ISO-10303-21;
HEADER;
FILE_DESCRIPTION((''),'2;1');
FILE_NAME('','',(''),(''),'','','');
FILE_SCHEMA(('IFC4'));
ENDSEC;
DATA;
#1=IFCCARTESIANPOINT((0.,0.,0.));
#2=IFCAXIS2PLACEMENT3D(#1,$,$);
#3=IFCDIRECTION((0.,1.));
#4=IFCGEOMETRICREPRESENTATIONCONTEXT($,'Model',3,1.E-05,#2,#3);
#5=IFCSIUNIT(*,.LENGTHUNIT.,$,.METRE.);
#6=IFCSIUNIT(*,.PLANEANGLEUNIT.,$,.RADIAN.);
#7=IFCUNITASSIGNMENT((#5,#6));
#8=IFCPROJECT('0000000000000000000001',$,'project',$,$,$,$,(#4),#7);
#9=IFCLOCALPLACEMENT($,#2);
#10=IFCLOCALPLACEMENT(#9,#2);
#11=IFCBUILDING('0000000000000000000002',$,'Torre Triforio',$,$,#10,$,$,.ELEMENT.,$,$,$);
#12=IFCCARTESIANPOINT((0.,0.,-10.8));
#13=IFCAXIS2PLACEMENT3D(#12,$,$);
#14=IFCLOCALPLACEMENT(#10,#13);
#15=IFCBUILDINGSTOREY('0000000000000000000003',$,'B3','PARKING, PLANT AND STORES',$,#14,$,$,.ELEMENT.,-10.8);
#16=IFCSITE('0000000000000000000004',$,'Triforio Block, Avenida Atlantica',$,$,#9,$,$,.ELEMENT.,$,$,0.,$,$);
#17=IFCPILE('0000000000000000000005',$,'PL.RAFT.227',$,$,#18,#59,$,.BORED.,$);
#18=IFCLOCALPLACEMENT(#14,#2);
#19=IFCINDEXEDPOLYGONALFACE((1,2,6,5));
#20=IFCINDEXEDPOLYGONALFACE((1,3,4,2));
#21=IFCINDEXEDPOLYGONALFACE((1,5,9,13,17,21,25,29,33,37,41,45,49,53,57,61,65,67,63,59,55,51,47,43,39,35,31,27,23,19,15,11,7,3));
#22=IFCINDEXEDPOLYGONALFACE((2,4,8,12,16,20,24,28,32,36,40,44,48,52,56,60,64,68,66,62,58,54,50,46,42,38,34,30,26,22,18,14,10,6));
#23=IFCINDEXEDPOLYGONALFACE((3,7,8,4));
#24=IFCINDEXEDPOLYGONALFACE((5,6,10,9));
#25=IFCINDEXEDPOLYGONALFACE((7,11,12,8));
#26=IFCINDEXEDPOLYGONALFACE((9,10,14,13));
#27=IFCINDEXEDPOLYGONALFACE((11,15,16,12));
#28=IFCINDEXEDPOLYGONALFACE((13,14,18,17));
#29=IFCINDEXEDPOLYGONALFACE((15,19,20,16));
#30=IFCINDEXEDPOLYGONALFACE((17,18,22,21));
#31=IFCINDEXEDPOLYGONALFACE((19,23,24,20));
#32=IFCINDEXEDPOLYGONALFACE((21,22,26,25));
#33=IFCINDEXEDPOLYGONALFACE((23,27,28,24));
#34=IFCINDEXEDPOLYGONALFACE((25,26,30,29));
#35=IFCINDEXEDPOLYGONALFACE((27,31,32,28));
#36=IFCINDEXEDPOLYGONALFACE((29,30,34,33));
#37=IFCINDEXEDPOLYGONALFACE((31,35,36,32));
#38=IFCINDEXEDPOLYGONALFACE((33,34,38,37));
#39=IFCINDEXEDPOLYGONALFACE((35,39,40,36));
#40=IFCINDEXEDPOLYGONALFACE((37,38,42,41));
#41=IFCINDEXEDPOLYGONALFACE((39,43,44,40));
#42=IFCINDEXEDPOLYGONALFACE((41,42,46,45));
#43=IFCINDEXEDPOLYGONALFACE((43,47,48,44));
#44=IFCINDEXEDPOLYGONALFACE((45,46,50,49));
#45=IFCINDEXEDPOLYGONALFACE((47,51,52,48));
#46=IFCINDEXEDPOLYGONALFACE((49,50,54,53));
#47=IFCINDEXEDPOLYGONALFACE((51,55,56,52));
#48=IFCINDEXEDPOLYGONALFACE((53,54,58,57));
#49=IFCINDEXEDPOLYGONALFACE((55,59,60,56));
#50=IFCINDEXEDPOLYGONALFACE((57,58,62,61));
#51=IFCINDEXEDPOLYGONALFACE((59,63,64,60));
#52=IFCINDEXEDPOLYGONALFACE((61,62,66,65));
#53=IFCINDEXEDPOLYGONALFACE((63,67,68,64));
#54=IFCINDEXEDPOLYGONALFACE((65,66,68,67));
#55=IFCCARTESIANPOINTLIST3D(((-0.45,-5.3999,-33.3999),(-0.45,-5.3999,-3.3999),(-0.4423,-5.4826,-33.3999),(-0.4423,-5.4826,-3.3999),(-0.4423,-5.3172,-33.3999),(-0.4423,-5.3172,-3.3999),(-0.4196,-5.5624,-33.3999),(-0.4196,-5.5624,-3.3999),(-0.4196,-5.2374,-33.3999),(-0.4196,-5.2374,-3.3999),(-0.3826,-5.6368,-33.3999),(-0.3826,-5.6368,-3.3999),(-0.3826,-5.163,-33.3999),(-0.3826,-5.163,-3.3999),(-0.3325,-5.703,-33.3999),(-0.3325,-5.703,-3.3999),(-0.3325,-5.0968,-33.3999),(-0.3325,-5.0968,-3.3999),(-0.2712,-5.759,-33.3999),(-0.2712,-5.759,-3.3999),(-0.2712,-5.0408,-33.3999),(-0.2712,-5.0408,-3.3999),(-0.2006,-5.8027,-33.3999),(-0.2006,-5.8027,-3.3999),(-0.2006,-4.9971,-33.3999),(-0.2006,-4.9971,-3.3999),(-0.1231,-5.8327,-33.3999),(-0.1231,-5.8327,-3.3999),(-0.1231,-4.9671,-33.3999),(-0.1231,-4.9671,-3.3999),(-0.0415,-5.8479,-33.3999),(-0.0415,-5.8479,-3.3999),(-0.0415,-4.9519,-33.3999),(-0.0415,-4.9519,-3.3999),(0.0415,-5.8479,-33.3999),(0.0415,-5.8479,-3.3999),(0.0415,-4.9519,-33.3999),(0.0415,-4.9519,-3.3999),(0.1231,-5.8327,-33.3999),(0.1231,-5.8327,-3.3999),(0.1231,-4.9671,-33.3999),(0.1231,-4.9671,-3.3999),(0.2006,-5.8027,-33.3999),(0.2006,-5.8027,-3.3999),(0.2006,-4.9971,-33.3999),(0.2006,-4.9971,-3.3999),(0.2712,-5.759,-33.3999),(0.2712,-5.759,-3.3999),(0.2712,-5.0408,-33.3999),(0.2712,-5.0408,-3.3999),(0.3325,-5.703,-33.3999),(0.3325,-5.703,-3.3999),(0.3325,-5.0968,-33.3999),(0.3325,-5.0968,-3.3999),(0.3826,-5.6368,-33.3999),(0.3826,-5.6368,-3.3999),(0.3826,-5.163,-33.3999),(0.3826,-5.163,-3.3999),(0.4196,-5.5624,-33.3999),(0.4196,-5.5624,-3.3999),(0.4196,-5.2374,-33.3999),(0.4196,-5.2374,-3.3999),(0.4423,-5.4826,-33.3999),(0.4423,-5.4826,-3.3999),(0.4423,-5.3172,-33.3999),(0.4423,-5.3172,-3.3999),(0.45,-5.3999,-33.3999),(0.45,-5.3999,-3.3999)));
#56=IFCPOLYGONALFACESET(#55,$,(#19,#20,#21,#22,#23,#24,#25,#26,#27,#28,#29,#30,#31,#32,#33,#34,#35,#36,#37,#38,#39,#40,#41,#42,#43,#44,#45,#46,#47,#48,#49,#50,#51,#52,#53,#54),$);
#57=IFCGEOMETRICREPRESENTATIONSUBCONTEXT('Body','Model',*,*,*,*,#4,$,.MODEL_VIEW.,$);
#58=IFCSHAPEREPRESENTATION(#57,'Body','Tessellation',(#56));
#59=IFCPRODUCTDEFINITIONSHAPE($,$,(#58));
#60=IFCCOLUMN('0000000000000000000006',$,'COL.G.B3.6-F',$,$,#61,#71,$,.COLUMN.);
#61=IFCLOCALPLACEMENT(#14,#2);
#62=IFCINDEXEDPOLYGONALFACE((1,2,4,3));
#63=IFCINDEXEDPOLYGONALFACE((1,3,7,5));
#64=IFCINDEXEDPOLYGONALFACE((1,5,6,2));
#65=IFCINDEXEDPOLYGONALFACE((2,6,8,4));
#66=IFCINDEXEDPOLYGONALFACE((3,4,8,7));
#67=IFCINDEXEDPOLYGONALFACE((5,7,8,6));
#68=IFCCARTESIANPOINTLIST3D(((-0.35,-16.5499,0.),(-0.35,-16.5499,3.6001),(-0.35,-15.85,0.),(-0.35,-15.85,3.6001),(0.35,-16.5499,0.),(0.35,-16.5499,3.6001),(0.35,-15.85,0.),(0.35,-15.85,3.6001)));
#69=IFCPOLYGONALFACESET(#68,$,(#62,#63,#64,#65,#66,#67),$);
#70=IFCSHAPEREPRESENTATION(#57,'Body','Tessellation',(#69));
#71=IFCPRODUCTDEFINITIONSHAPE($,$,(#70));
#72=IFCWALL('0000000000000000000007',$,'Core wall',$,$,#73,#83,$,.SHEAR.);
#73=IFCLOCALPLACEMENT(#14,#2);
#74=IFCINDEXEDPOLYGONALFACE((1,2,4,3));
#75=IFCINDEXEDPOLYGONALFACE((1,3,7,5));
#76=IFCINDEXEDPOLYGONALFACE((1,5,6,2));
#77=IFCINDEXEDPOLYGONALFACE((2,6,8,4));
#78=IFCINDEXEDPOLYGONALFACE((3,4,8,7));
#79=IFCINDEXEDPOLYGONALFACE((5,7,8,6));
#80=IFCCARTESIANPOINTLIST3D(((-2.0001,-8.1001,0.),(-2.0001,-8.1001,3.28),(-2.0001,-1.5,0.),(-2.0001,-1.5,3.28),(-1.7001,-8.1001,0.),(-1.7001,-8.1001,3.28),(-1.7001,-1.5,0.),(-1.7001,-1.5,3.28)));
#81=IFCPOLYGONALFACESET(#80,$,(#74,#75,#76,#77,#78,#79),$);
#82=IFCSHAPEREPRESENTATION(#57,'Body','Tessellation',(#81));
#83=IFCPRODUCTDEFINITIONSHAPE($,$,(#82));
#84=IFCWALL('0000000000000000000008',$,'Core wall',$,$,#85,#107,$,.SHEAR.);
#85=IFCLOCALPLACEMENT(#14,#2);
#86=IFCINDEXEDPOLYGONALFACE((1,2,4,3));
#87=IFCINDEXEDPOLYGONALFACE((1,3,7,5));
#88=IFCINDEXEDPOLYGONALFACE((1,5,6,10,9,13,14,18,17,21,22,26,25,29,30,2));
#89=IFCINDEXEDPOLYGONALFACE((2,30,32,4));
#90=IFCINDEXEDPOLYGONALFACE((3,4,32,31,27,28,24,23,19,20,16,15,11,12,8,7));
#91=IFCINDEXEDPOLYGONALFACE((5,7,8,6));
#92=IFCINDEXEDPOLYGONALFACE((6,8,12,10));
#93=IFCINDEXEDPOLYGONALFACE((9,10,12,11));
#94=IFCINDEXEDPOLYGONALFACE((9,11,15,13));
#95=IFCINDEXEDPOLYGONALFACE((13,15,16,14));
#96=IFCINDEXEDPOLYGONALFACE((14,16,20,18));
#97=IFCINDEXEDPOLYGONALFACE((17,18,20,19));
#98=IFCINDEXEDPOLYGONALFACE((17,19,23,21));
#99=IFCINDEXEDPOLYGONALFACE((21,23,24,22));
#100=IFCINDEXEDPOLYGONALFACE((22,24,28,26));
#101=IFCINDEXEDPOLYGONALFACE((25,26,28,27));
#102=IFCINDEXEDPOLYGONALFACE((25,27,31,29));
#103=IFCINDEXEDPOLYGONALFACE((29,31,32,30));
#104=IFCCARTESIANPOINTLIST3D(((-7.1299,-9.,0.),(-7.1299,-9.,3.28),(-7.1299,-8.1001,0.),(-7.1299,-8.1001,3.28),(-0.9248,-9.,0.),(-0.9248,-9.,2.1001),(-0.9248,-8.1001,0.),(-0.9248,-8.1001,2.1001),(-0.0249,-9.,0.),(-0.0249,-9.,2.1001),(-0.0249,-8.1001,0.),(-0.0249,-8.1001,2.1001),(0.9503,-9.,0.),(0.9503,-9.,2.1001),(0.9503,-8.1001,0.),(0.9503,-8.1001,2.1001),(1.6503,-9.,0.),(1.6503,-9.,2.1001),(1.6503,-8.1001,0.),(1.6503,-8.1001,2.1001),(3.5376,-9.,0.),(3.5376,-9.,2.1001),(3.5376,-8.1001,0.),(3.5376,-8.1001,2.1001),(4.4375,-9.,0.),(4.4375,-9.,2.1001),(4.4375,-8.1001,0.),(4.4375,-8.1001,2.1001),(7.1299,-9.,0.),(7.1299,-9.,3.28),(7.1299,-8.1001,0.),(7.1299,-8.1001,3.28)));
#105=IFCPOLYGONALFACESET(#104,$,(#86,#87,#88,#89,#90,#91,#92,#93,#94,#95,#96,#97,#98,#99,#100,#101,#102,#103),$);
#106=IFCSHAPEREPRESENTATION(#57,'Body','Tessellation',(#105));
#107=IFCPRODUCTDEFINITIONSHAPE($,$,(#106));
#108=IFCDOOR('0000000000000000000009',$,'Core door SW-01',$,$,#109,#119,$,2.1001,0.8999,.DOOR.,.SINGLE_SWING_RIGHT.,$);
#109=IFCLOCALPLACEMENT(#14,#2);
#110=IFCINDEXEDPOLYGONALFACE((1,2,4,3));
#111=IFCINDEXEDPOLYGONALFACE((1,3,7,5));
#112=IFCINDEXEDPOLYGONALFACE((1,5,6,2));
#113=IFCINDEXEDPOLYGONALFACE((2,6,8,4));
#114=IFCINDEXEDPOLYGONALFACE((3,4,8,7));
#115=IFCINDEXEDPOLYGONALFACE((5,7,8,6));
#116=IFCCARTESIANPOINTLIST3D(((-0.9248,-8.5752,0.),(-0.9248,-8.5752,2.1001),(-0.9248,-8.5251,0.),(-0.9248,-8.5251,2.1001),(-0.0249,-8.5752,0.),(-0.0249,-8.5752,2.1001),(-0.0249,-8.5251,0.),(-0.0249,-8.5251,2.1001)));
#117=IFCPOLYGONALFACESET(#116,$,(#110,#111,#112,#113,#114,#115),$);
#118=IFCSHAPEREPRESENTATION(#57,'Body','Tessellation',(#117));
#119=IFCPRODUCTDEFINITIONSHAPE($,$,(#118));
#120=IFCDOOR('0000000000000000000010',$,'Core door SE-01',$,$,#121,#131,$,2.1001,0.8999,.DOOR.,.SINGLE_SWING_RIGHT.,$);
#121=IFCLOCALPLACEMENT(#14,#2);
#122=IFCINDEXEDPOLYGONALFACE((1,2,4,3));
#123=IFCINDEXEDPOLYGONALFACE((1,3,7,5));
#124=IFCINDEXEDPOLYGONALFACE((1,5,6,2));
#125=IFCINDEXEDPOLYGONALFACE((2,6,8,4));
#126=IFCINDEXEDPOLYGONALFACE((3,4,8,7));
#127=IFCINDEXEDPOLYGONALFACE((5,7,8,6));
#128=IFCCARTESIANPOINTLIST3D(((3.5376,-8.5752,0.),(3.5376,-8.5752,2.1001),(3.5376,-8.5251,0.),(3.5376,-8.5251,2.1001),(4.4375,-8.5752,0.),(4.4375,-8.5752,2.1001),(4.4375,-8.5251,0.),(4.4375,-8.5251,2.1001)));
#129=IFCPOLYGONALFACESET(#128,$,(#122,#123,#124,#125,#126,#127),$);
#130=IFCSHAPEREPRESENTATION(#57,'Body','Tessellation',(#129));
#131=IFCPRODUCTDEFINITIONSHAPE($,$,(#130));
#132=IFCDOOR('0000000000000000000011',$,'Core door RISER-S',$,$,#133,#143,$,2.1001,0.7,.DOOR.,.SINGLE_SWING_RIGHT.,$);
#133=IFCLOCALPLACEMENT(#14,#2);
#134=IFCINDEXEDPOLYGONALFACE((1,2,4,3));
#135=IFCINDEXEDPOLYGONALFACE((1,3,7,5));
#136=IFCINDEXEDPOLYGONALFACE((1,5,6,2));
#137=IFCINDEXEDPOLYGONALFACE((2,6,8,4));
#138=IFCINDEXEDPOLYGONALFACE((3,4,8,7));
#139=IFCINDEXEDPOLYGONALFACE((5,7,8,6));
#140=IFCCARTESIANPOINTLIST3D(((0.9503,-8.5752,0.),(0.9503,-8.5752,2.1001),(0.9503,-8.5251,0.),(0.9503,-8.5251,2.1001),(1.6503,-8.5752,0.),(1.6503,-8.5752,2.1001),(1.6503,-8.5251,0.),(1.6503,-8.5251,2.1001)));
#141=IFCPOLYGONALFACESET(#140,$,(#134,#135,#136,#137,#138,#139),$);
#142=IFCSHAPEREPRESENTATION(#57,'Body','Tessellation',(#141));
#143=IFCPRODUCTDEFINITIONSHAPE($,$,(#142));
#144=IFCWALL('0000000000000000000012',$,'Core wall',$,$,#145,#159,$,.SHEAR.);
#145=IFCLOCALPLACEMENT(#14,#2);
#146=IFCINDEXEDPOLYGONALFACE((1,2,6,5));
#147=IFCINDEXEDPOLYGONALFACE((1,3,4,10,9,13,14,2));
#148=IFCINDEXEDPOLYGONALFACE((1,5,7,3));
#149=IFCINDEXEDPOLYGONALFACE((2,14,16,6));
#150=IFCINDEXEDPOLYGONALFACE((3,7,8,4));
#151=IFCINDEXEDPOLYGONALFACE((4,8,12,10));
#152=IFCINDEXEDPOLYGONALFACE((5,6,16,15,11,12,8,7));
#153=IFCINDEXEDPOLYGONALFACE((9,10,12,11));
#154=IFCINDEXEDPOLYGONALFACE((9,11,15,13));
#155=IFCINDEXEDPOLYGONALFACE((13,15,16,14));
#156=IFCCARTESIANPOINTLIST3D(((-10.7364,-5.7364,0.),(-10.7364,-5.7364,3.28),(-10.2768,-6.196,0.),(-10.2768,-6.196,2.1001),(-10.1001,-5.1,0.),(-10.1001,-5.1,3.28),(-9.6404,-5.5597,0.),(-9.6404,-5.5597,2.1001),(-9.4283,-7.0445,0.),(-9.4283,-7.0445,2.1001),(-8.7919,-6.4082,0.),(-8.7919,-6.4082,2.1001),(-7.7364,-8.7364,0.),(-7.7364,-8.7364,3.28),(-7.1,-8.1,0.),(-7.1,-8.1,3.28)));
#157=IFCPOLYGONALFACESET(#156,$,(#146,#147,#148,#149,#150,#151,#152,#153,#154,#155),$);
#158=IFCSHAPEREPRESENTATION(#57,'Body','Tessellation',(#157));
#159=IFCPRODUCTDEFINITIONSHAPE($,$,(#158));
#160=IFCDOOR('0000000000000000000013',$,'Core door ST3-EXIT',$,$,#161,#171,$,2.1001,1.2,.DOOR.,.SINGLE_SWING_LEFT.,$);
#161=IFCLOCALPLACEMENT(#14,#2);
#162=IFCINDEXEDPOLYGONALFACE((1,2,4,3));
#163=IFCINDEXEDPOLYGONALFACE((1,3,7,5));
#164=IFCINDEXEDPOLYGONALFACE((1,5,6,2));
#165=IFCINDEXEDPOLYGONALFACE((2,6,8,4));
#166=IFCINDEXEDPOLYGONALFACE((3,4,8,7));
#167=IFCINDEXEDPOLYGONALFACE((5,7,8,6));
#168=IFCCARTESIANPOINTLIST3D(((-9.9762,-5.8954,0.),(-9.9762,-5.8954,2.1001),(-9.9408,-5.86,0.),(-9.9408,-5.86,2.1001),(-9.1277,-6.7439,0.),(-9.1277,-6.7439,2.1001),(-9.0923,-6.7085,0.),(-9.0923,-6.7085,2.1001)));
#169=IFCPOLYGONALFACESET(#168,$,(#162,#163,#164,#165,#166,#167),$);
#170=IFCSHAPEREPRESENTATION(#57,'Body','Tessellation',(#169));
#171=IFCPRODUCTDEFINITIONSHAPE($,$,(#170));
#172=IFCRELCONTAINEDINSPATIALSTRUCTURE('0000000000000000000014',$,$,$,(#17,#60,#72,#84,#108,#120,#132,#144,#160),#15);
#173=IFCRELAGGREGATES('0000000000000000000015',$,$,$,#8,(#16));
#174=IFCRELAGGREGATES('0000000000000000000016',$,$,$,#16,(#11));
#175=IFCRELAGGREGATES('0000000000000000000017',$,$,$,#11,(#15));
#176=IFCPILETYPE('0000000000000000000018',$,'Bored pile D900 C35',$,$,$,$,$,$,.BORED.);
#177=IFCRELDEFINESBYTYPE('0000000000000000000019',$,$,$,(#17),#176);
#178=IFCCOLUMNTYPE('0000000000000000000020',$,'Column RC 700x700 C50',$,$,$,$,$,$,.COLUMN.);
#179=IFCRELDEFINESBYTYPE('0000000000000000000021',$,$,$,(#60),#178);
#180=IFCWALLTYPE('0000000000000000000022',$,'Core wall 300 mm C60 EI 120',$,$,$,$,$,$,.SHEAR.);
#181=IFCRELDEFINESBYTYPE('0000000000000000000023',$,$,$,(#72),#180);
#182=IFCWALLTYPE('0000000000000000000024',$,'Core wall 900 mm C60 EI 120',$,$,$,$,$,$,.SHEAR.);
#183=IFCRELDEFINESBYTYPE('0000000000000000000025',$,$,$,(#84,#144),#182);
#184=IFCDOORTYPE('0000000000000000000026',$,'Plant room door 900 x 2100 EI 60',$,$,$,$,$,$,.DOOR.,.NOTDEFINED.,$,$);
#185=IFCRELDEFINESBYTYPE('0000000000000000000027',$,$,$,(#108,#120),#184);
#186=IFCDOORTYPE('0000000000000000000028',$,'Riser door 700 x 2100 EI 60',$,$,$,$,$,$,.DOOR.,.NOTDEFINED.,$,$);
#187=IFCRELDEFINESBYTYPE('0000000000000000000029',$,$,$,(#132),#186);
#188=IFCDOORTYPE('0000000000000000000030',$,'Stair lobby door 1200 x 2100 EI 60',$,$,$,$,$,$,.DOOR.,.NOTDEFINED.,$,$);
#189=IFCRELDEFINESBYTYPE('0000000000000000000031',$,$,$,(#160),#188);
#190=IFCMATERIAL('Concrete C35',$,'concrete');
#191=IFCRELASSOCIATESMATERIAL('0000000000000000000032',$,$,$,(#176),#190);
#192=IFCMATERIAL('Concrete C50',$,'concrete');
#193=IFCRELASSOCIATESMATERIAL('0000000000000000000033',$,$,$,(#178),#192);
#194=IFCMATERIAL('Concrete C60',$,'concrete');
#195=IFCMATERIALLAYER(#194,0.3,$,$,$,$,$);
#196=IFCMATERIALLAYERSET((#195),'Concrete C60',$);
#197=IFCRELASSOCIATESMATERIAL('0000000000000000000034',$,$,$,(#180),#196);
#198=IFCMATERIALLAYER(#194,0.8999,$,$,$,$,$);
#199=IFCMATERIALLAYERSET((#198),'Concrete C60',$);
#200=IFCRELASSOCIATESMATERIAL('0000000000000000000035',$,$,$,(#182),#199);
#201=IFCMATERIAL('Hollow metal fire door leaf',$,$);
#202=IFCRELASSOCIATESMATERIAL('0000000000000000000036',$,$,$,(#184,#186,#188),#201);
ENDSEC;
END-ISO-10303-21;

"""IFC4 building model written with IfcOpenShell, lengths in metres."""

from ifc_helpers import new_model, si_unit, direction, frame, frame_2d, origin, origin_2d, place, context, subcontext, project, spatial, rectangle, circle, extrude, material, layer, layer_set, material_profile, profile_set, type_object, element, fill, save


model = new_model("IFC4")

# Units and contexts
model_context = context("Model", 3, precision=1e-05, world=origin(), true_north=direction((0.0, 1.0)))
body_context = subcontext(model_context, "Body", "Model", "MODEL_VIEW")
ifc_project = project(units=[si_unit("LENGTHUNIT", "METRE"), si_unit("PLANEANGLEUNIT", "RADIAN")], contexts=[model_context])

# Site, building, storey
site_placement = place(None, origin())
site = spatial("IfcSite", under=ifc_project, at=site_placement, Name="Triforio Block, Avenida Atlantica", CompositionType="ELEMENT", RefElevation=0.0)
building_placement = place(site_placement, origin())
building = spatial("IfcBuilding", under=site, at=building_placement, Name="Torre Triforio", CompositionType="ELEMENT")
storey_placement = place(building_placement, frame((0.0, 0.0, -10.8)))
storey = spatial("IfcBuildingStorey", under=building, at=storey_placement, Name="B3", Description="PARKING, PLANT AND STORES", CompositionType="ELEMENT", Elevation=-10.8)

# Pile
ifc_material_1 = material(Name="Concrete C35", Category="concrete")
ifc_material_profile_1 = material_profile(ifc_material_1, circle(Radius=0.45, at=origin_2d()), Name="RC D900")
ifc_profile_set_1 = profile_set([ifc_material_profile_1], Name="Concrete C35")
pile_type = type_object("IfcPileType", Name="Bored pile D900 C35", PredefinedType="BORED", material=ifc_profile_set_1)
for number, where, z_axis, x_axis, name in (
    (1, (0.0, -5.3999, -3.3999), (0.0, 0.0, -1.0), (1.0, 0.0, 0.0), "PL.RAFT.227"),
):
    element("IfcPile", number, at=place(storey_placement, frame(where, z_axis=z_axis, x_axis=x_axis)), inside=storey, type_object=pile_type, Name=name, PredefinedType="BORED", context=body_context, shape_type="SweptSolid", body=[
        extrude(circle(Radius=0.45, at=origin_2d()), origin(), (0.0, 0.0, 1.0), 30.0),
    ])

# Column
ifc_material_2 = material(Name="Concrete C50", Category="concrete")
ifc_material_profile_2 = material_profile(ifc_material_2, rectangle(XDim=0.7, YDim=0.7, at=origin_2d()), Name="RC 700x700")
ifc_profile_set_2 = profile_set([ifc_material_profile_2], Name="Concrete C50")
column_type = type_object("IfcColumnType", Name="Column RC 700x700 C50", PredefinedType="COLUMN", material=ifc_profile_set_2)
column_placement = place(storey_placement, frame((0.0, -16.2, 0.0), z_axis=(0.0, 0.0, 1.0), x_axis=(1.0, 0.0, 0.0)))
element("IfcColumn", 2, at=column_placement, inside=storey, type_object=column_type, Name="COL.G.B3.6-F", PredefinedType="COLUMN", context=body_context, shape_type="SweptSolid", body=[
    extrude(rectangle(XDim=0.7, YDim=0.7, at=origin_2d()), origin(), (0.0, 0.0, 1.0), 3.6001),
])

# Wall
ifc_material_3 = material(Name="Concrete C60", Category="concrete")
ifc_layer_1 = layer(ifc_material_3, 0.3)
ifc_layer_set_1 = layer_set([ifc_layer_1], Name="Concrete C60")
wall_type_1 = type_object("IfcWallType", Name="Core wall 300 mm C60 EI 120", PredefinedType="SHEAR", material=ifc_layer_set_1)
wall_1_placement = place(storey_placement, frame((-1.8501, -8.1001, 0.0), z_axis=(0.0, 0.0, 1.0), x_axis=(0.0, 1.0, 0.0)))
element("IfcWall", 3, at=wall_1_placement, inside=storey, type_object=wall_type_1, Name="Core wall", PredefinedType="SHEAR", context=body_context, shape_type="SweptSolid", body=[
    extrude(rectangle(XDim=6.6001, YDim=0.3, at=frame_2d((3.3, 0.0))), origin(), (0.0, 0.0, 1.0), 3.28),
])

# Wall, openings, doors
ifc_layer_2 = layer(ifc_material_3, 0.8999)
ifc_layer_set_2 = layer_set([ifc_layer_2], Name="Concrete C60")
wall_type_2 = type_object("IfcWallType", Name="Core wall 900 mm C60 EI 120", PredefinedType="SHEAR", material=ifc_layer_set_2)
wall_2_placement = place(storey_placement, frame((-7.1299, -8.55, 0.0), z_axis=(0.0, 0.0, 1.0), x_axis=(1.0, 0.0, 0.0)))
wall_2 = element("IfcWall", 4, at=wall_2_placement, inside=storey, type_object=wall_type_2, Name="Core wall", PredefinedType="SHEAR", context=body_context, shape_type="SweptSolid", body=[
    extrude(rectangle(XDim=14.2598, YDim=0.8999, at=frame_2d((7.1299, 0.0))), origin(), (0.0, 0.0, 1.0), 3.28),
])
opening_1_placement = place(wall_2_placement, frame((8.0801, 0.0, 0.0)))
opening_1 = element("IfcOpeningElement", 5, at=opening_1_placement, cuts=wall_2, PredefinedType="OPENING", context=body_context, shape_type="SweptSolid", body=[
    extrude(rectangle(XDim=0.7, YDim=2.1001, at=frame_2d((0.3501, 1.05))), frame((0.0, 0.46, 0.0), z_axis=(0.0, -1.0, 0.0), x_axis=(1.0, 0.0, 0.0)), (0.0, 0.0, 1.0), 0.9199),
])
opening_2_placement = place(wall_2_placement, frame((6.2051, 0.0, 0.0)))
opening_2 = element("IfcOpeningElement", 6, at=opening_2_placement, cuts=wall_2, PredefinedType="OPENING", context=body_context, shape_type="SweptSolid", body=[
    extrude(rectangle(XDim=0.8999, YDim=2.1001, at=frame_2d((0.45, 1.05))), frame((0.0, 0.46, 0.0), z_axis=(0.0, -1.0, 0.0), x_axis=(1.0, 0.0, 0.0)), (0.0, 0.0, 1.0), 0.9199),
])
opening_3_placement = place(wall_2_placement, frame((10.6675, 0.0, 0.0)))
opening_3 = element("IfcOpeningElement", 7, at=opening_3_placement, cuts=wall_2, PredefinedType="OPENING", context=body_context, shape_type="SweptSolid", body=[
    extrude(rectangle(XDim=0.8999, YDim=2.1001, at=frame_2d((0.45, 1.05))), frame((0.0, 0.46, 0.0), z_axis=(0.0, -1.0, 0.0), x_axis=(1.0, 0.0, 0.0)), (0.0, 0.0, 1.0), 0.9199),
])
ifc_material_4 = material(Name="Hollow metal fire door leaf")
door_type_1 = type_object("IfcDoorType", Name="Plant room door 900 x 2100 EI 60", OperationType="NOTDEFINED", PredefinedType="DOOR", material=ifc_material_4)
door_1_placement = place(opening_2_placement, origin())
door_1 = element("IfcDoor", 8, at=door_1_placement, inside=storey, type_object=door_type_1, Name="Core door SW-01", OperationType="SINGLE_SWING_RIGHT", OverallHeight=2.1001, OverallWidth=0.8999, PredefinedType="DOOR", context=body_context, shape_type="SweptSolid", body=[
    extrude(rectangle(XDim=0.8999, YDim=2.1001, at=frame_2d((0.45, 1.05))), frame((0.0, 0.0249, 0.0), z_axis=(0.0, -1.0, 0.0), x_axis=(1.0, 0.0, 0.0)), (0.0, 0.0, 1.0), 0.05),
])
fill(opening_2, door_1)
door_2_placement = place(opening_3_placement, origin())
door_2 = element("IfcDoor", 9, at=door_2_placement, inside=storey, type_object=door_type_1, Name="Core door SE-01", OperationType="SINGLE_SWING_RIGHT", OverallHeight=2.1001, OverallWidth=0.8999, PredefinedType="DOOR", context=body_context, shape_type="SweptSolid", body=[
    extrude(rectangle(XDim=0.8999, YDim=2.1001, at=frame_2d((0.45, 1.05))), frame((0.0, 0.0249, 0.0), z_axis=(0.0, -1.0, 0.0), x_axis=(1.0, 0.0, 0.0)), (0.0, 0.0, 1.0), 0.05),
])
fill(opening_3, door_2)
door_type_2 = type_object("IfcDoorType", Name="Riser door 700 x 2100 EI 60", OperationType="NOTDEFINED", PredefinedType="DOOR", material=ifc_material_4)
door_3_placement = place(opening_1_placement, origin())
door_3 = element("IfcDoor", 10, at=door_3_placement, inside=storey, type_object=door_type_2, Name="Core door RISER-S", OperationType="SINGLE_SWING_RIGHT", OverallHeight=2.1001, OverallWidth=0.7, PredefinedType="DOOR", context=body_context, shape_type="SweptSolid", body=[
    extrude(rectangle(XDim=0.7, YDim=2.1001, at=frame_2d((0.3501, 1.05))), frame((0.0, 0.0249, 0.0), z_axis=(0.0, -1.0, 0.0), x_axis=(1.0, 0.0, 0.0)), (0.0, 0.0, 1.0), 0.05),
])
fill(opening_1, door_3)

# Wall, opening, door
wall_3_placement = place(storey_placement, frame((-7.4182, -8.4182, 0.0), z_axis=(0.0, 0.0, 1.0), x_axis=(-0.707107, 0.707107, 0.0)))
wall_3 = element("IfcWall", 11, at=wall_3_placement, inside=storey, type_object=wall_type_2, Name="Core wall", PredefinedType="SHEAR", context=body_context, shape_type="SweptSolid", body=[
    extrude(rectangle(XDim=4.2427, YDim=0.8999, at=frame_2d((2.1213, 0.0))), origin(), (0.0, 0.0, 1.0), 3.28),
])
opening_4_placement = place(wall_3_placement, frame((2.3926, 0.0, 0.0)))
opening_4 = element("IfcOpeningElement", 12, at=opening_4_placement, cuts=wall_3, PredefinedType="OPENING", context=body_context, shape_type="SweptSolid", body=[
    extrude(rectangle(XDim=1.2, YDim=2.1001, at=frame_2d((0.6001, 1.05))), frame((0.0, 0.46, 0.0), z_axis=(0.0, -1.0, 0.0), x_axis=(1.0, 0.0, 0.0)), (0.0, 0.0, 1.0), 0.9199),
])
door_type_3 = type_object("IfcDoorType", Name="Stair lobby door 1200 x 2100 EI 60", OperationType="NOTDEFINED", PredefinedType="DOOR", material=ifc_material_4)
door_4_placement = place(opening_4_placement, origin())
door_4 = element("IfcDoor", 13, at=door_4_placement, inside=storey, type_object=door_type_3, Name="Core door ST3-EXIT", OperationType="SINGLE_SWING_LEFT", OverallHeight=2.1001, OverallWidth=1.2, PredefinedType="DOOR", context=body_context, shape_type="SweptSolid", body=[
    extrude(rectangle(XDim=1.2, YDim=2.1001, at=frame_2d((0.6001, 1.05))), frame((0.0, 0.0249, 0.0), z_axis=(0.0, -1.0, 0.0), x_axis=(1.0, 0.0, 0.0)), (0.0, 0.0, 1.0), 0.05),
])
fill(opening_4, door_4)

save(model, "model.ifc")
